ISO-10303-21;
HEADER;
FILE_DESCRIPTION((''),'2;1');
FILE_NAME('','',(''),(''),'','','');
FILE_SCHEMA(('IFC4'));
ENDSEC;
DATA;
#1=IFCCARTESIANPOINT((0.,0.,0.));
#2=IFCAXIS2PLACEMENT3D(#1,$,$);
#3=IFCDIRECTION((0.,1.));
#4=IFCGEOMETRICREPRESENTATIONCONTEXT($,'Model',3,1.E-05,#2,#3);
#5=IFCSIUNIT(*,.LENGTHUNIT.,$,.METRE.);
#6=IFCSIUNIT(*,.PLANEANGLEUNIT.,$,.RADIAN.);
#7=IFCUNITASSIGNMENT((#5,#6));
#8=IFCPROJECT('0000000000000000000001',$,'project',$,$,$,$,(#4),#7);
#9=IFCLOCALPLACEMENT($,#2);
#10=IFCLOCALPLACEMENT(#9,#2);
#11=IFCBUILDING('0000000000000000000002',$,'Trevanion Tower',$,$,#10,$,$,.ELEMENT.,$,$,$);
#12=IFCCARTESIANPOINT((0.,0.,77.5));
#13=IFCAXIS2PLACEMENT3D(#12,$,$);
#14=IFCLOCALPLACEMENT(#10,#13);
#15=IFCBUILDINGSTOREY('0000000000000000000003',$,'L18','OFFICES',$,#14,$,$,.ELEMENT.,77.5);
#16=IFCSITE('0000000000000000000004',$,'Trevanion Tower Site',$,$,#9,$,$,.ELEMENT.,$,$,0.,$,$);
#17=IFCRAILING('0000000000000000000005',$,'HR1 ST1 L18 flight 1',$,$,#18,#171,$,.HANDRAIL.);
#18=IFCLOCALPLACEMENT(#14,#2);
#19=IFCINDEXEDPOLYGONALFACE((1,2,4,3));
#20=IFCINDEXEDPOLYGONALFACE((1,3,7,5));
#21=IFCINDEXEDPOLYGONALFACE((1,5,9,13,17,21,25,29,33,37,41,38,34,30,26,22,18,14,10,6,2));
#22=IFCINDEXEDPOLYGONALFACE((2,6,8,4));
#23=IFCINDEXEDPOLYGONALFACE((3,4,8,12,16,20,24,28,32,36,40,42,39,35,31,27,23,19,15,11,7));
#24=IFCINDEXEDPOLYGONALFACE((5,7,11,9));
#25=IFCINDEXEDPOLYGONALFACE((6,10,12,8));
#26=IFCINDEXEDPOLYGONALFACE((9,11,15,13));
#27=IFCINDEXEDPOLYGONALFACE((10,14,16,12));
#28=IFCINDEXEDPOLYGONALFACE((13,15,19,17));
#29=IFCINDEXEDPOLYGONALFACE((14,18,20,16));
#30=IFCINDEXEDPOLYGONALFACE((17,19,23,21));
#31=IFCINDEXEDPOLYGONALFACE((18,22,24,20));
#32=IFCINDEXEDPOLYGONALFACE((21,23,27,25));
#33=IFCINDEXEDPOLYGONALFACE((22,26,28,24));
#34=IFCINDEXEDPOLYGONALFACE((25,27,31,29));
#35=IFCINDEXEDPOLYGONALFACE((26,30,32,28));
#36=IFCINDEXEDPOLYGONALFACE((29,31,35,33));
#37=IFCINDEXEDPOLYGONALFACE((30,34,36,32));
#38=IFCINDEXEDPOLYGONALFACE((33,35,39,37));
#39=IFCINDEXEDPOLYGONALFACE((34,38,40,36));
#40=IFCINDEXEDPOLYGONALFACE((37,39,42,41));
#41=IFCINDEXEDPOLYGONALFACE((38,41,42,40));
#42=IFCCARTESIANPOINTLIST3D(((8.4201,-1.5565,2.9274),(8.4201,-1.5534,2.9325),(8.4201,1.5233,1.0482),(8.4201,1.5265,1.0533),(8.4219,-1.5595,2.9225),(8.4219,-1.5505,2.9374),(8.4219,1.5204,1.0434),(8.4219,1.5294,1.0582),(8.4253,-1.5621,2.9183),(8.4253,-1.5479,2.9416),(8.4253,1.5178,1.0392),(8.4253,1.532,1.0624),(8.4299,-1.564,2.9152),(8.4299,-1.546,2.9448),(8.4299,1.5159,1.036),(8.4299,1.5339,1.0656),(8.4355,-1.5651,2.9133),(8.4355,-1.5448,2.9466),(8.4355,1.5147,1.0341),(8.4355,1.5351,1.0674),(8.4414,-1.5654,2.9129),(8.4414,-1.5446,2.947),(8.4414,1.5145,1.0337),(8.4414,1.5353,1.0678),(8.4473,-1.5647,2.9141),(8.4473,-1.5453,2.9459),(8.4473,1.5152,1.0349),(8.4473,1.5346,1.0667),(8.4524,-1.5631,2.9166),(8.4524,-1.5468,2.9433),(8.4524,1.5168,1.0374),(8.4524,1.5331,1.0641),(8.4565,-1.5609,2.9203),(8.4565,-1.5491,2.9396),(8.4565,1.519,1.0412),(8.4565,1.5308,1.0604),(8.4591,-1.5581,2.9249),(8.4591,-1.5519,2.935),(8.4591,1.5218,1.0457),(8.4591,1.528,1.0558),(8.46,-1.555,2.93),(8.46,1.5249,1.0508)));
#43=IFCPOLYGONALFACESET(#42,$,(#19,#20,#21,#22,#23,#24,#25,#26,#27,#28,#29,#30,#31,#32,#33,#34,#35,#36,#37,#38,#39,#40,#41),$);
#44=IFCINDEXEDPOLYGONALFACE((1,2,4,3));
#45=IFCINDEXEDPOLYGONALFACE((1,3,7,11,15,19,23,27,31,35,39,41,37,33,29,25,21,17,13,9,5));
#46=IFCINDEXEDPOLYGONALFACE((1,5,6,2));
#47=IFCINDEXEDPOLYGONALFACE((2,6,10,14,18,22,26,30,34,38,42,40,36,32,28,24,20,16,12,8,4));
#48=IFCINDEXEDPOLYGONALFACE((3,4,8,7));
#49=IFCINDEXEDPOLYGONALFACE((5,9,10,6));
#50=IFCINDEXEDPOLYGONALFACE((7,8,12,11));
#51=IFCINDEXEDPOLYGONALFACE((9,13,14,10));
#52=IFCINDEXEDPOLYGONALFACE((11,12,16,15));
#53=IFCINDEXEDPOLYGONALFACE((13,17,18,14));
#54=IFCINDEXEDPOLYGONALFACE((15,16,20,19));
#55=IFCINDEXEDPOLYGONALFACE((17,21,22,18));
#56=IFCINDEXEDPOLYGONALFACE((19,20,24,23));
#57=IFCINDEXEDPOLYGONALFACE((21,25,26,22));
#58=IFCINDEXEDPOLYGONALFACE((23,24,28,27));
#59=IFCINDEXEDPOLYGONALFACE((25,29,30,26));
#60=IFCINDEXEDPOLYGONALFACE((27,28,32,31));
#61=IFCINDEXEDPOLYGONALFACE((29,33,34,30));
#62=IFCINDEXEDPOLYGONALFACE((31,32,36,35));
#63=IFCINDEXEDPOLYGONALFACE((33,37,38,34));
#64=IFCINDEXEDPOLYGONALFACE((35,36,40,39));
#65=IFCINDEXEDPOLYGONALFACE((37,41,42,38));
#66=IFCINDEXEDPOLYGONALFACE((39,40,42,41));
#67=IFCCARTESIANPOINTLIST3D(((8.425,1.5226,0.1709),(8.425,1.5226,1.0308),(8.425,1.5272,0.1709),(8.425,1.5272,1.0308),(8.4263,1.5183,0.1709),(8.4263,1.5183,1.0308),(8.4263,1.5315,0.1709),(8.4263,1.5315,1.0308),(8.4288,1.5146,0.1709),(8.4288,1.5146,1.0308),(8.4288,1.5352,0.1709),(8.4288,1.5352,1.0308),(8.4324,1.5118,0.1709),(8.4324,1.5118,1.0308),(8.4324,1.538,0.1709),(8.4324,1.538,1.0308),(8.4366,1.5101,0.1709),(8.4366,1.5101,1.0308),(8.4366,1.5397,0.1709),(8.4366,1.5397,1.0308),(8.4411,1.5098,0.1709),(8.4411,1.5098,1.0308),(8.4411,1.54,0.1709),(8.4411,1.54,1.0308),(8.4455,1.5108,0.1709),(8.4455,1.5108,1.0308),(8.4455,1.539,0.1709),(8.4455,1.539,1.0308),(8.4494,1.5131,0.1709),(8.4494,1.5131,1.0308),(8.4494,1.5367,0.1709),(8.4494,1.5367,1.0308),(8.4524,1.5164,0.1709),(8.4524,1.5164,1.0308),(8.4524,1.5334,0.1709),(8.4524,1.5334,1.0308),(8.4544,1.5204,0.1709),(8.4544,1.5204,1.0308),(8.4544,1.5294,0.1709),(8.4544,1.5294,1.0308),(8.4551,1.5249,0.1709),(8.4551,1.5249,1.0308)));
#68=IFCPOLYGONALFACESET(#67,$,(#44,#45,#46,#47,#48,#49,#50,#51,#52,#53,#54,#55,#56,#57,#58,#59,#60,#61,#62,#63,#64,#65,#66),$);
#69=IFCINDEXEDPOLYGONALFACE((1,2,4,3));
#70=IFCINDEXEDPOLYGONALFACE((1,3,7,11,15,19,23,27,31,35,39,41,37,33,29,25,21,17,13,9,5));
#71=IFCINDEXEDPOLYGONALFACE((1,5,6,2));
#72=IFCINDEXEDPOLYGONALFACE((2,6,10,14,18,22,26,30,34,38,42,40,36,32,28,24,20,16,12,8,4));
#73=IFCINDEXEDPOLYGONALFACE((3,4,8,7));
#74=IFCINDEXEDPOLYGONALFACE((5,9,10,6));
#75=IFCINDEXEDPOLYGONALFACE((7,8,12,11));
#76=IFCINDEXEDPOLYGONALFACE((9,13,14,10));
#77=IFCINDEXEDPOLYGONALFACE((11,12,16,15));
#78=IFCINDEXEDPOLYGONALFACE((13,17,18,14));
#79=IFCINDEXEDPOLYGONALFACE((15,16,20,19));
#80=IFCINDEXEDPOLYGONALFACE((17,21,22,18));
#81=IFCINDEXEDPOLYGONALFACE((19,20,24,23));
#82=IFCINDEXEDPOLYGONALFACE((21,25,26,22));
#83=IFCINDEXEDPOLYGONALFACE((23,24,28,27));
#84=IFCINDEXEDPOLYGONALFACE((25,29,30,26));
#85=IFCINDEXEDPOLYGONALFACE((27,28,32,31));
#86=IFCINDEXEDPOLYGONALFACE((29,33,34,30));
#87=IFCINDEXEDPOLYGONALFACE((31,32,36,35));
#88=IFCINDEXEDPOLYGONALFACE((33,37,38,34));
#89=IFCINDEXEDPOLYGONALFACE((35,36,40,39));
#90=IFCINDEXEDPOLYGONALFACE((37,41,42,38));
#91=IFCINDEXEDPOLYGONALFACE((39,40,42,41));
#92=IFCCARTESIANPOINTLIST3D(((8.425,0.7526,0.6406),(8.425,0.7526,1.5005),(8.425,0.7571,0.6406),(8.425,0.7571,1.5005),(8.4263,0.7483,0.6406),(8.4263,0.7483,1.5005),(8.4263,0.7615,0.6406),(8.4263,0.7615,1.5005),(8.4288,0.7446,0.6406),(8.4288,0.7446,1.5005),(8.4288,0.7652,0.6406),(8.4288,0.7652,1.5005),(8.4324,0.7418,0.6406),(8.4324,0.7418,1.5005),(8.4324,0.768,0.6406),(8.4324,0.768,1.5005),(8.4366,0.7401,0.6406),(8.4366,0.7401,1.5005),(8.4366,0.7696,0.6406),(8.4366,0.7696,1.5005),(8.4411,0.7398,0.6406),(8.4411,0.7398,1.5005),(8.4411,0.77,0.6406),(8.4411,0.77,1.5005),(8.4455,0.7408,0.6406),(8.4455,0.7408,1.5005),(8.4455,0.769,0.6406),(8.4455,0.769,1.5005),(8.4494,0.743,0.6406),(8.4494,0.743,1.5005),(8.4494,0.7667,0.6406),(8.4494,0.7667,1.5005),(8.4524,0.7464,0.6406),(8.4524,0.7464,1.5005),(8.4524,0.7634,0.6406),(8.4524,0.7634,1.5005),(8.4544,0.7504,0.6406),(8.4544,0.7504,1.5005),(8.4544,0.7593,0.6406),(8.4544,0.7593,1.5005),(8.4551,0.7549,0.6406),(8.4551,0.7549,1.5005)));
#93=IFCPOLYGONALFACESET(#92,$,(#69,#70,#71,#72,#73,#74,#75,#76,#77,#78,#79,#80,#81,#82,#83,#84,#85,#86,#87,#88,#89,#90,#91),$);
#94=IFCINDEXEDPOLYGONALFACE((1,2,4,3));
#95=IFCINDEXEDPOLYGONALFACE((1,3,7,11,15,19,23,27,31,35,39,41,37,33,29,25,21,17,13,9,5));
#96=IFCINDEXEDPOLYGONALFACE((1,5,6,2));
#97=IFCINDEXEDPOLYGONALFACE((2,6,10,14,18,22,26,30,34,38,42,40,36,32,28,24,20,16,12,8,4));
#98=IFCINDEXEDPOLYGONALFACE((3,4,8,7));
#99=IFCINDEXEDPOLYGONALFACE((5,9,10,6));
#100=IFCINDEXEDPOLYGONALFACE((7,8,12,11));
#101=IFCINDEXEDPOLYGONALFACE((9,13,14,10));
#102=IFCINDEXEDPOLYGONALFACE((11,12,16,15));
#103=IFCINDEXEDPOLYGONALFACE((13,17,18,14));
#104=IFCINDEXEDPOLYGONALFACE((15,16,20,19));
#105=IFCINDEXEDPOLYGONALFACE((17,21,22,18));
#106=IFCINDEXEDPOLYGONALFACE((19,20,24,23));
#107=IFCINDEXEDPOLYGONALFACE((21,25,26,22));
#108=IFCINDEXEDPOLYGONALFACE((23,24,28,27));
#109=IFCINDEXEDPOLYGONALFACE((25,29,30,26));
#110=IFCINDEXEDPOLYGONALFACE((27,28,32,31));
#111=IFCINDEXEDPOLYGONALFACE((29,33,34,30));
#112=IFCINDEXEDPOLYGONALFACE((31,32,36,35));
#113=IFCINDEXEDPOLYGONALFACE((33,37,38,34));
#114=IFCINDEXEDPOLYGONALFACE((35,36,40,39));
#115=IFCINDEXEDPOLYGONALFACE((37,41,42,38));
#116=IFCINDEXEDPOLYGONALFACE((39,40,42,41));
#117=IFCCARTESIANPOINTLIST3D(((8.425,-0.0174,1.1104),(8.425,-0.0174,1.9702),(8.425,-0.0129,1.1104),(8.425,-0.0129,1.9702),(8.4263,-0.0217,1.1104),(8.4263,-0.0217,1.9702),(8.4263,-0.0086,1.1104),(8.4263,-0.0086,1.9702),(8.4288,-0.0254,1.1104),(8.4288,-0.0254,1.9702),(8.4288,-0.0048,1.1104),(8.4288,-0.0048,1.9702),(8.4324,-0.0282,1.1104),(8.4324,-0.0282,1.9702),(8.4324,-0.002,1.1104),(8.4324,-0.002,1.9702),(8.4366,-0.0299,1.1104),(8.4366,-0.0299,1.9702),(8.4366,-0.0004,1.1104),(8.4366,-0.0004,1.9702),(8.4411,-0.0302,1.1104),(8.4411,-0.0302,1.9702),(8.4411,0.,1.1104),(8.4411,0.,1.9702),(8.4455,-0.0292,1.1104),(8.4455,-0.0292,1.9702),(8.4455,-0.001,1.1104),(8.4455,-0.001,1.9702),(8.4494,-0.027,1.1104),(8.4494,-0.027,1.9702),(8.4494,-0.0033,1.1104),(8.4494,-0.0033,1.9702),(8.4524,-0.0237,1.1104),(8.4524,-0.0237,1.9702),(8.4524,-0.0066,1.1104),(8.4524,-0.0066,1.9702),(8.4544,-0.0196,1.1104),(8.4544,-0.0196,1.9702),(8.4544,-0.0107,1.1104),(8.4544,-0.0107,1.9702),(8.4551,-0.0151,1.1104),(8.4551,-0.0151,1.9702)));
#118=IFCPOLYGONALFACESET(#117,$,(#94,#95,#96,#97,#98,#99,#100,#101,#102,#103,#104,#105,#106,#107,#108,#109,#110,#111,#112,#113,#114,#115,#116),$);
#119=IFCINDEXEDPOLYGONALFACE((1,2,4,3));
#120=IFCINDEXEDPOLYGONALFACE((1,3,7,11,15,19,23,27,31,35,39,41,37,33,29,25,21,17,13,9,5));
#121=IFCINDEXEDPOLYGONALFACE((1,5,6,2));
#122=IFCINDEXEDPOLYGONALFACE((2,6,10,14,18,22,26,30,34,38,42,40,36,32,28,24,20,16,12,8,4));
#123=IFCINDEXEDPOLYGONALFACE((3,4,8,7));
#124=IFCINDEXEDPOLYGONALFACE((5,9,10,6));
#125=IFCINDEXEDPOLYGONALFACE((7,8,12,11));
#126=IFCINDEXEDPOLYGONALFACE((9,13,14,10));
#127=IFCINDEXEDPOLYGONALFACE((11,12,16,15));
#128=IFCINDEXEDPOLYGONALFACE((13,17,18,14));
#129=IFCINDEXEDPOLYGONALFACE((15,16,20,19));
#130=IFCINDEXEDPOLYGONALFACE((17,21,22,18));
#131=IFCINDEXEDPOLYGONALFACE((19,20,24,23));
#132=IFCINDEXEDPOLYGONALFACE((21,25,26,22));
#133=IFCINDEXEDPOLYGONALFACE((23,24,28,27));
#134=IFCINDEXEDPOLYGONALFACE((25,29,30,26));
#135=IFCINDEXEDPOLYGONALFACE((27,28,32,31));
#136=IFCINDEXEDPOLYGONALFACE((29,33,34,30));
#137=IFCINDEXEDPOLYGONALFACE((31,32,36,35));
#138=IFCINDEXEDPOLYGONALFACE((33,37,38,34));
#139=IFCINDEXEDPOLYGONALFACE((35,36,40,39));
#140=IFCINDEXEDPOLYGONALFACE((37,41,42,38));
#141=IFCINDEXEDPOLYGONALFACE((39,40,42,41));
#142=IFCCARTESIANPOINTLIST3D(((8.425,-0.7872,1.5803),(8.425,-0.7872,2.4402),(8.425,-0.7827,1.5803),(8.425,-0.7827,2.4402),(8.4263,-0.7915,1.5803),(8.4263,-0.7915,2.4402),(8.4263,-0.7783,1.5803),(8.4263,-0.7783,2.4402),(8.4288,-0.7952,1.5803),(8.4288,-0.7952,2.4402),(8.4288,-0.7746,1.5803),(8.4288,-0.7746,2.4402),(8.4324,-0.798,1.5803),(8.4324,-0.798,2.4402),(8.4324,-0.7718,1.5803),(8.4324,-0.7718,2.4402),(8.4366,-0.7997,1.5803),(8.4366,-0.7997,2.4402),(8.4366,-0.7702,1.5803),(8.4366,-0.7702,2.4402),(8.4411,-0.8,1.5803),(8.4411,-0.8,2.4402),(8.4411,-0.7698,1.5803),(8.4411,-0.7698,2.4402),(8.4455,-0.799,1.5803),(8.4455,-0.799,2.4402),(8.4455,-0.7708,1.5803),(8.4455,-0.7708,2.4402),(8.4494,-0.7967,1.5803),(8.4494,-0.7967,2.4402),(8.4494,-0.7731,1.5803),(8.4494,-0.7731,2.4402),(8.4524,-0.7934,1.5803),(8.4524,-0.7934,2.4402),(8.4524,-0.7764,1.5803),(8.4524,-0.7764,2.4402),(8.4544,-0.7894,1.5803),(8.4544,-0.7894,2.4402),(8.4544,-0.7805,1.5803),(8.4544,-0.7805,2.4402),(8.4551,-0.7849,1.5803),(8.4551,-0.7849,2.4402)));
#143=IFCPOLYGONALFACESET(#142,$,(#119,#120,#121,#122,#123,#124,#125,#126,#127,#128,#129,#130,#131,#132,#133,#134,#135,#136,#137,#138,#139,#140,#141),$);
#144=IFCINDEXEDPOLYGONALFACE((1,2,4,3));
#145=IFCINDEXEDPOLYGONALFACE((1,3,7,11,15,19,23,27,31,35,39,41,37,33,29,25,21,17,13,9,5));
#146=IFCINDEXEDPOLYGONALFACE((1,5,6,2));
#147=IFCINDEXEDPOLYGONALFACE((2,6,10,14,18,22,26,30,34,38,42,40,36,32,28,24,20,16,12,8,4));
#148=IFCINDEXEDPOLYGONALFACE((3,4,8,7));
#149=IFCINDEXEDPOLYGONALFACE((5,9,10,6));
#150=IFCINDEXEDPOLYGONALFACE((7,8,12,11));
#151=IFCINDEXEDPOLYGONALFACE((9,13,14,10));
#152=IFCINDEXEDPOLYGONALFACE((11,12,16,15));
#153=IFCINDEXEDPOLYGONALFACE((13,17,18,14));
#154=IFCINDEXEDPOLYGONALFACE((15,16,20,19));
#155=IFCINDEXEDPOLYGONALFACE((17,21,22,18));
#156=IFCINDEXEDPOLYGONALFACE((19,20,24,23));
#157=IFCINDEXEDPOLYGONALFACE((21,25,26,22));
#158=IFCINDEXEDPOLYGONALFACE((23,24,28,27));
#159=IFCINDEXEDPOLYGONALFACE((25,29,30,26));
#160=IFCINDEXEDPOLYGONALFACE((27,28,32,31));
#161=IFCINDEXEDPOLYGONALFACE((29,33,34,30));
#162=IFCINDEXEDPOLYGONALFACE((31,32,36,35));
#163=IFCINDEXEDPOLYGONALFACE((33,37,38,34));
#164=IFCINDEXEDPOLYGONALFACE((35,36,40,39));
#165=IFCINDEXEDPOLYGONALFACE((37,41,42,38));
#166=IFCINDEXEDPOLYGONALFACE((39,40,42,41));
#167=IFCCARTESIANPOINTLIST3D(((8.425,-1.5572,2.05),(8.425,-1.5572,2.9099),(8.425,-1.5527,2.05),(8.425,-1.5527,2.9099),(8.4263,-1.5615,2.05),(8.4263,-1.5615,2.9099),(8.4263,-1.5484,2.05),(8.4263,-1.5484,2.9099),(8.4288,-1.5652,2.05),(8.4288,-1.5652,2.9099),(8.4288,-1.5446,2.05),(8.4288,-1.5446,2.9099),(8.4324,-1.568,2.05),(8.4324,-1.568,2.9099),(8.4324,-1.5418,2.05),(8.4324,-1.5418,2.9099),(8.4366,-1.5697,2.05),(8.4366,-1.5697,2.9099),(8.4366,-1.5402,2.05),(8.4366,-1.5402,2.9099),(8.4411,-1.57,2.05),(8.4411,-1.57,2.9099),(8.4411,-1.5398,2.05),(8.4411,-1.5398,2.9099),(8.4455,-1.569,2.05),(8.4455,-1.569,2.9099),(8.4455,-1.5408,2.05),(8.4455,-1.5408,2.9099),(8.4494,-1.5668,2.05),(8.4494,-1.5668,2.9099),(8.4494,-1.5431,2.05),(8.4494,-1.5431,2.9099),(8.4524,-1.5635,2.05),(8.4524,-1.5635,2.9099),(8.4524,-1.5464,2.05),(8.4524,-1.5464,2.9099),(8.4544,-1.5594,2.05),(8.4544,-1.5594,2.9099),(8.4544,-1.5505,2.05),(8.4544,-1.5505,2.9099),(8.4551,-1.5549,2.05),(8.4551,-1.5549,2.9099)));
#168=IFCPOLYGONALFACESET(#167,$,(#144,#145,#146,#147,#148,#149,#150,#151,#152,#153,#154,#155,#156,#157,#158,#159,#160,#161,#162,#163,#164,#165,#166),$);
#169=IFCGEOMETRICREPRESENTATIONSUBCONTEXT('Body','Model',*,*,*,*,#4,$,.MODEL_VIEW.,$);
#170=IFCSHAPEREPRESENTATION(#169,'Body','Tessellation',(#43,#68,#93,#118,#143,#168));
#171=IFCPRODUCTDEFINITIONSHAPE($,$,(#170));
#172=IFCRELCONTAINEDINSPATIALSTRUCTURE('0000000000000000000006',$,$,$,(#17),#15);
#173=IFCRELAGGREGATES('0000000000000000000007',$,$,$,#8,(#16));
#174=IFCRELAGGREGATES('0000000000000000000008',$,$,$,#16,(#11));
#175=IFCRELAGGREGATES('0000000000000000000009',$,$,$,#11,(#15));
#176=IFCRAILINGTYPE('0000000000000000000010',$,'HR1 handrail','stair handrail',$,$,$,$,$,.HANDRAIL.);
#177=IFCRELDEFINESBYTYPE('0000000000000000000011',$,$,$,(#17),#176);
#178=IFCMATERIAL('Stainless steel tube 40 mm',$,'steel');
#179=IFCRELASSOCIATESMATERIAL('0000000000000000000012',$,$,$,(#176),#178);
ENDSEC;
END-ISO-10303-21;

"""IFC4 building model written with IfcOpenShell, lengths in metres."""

from ifc_helpers import new_model, si_unit, direction, frame, origin, origin_2d, place, context, subcontext, project, spatial, circle, extrude, material, type_object, element, save


model = new_model("IFC4")

# Units and contexts
model_context = context("Model", 3, precision=1e-05, world=origin(), true_north=direction((0.0, 1.0)))
body_context = subcontext(model_context, "Body", "Model", "MODEL_VIEW")
ifc_project = project(units=[si_unit("LENGTHUNIT", "METRE"), si_unit("PLANEANGLEUNIT", "RADIAN")], contexts=[model_context])

# Site, building, storey
site_placement = place(None, origin())
site = spatial("IfcSite", under=ifc_project, at=site_placement, Name="Trevanion Tower Site", CompositionType="ELEMENT", RefElevation=0.0)
building_placement = place(site_placement, origin())
building = spatial("IfcBuilding", under=site, at=building_placement, Name="Trevanion Tower", CompositionType="ELEMENT")
storey_placement = place(building_placement, frame((0.0, 0.0, 77.5)))
storey = spatial("IfcBuildingStorey", under=building, at=storey_placement, Name="L18", Description="OFFICES", CompositionType="ELEMENT", Elevation=77.5)

# Railing
ifc_material_1 = material(Name="Stainless steel tube 40 mm", Category="steel")
railing_type = type_object("IfcRailingType", Name="HR1 handrail", Description="stair handrail", PredefinedType="HANDRAIL", material=ifc_material_1)
for number, where, name in (
    (1, (8.4399, 1.5249, 0.1709), "HR1 ST1 L18 flight 1"),
):
    element("IfcRailing", number, at=place(storey_placement, frame(where)), inside=storey, type_object=railing_type, Name=name, PredefinedType="HANDRAIL", context=body_context, shape_type="SweptSolid", body=[
        extrude(circle(Radius=0.02, at=origin_2d()), frame((0.0, 0.0, 0.8799), z_axis=(0.0, -0.853648, 0.52085), x_axis=(1.0, 0.0, 0.0)), (0.0, 0.0, 1.0), 3.6079),
        extrude(circle(Radius=0.0151, at=origin_2d()), origin(), (0.0, 0.0, 1.0), 0.8599),
        extrude(circle(Radius=0.0151, at=origin_2d()), frame((0.0, -0.77, 0.4697)), (0.0, 0.0, 1.0), 0.8599),
        extrude(circle(Radius=0.0151, at=origin_2d()), frame((0.0, -1.54, 0.9395)), (0.0, 0.0, 1.0), 0.8599),
        extrude(circle(Radius=0.0151, at=origin_2d()), frame((0.0, -2.3098, 1.4094)), (0.0, 0.0, 1.0), 0.8599),
        extrude(circle(Radius=0.0151, at=origin_2d()), frame((0.0, -3.0798, 1.8792)), (0.0, 0.0, 1.0), 0.8599),
    ])

save(model, "model.ifc")
